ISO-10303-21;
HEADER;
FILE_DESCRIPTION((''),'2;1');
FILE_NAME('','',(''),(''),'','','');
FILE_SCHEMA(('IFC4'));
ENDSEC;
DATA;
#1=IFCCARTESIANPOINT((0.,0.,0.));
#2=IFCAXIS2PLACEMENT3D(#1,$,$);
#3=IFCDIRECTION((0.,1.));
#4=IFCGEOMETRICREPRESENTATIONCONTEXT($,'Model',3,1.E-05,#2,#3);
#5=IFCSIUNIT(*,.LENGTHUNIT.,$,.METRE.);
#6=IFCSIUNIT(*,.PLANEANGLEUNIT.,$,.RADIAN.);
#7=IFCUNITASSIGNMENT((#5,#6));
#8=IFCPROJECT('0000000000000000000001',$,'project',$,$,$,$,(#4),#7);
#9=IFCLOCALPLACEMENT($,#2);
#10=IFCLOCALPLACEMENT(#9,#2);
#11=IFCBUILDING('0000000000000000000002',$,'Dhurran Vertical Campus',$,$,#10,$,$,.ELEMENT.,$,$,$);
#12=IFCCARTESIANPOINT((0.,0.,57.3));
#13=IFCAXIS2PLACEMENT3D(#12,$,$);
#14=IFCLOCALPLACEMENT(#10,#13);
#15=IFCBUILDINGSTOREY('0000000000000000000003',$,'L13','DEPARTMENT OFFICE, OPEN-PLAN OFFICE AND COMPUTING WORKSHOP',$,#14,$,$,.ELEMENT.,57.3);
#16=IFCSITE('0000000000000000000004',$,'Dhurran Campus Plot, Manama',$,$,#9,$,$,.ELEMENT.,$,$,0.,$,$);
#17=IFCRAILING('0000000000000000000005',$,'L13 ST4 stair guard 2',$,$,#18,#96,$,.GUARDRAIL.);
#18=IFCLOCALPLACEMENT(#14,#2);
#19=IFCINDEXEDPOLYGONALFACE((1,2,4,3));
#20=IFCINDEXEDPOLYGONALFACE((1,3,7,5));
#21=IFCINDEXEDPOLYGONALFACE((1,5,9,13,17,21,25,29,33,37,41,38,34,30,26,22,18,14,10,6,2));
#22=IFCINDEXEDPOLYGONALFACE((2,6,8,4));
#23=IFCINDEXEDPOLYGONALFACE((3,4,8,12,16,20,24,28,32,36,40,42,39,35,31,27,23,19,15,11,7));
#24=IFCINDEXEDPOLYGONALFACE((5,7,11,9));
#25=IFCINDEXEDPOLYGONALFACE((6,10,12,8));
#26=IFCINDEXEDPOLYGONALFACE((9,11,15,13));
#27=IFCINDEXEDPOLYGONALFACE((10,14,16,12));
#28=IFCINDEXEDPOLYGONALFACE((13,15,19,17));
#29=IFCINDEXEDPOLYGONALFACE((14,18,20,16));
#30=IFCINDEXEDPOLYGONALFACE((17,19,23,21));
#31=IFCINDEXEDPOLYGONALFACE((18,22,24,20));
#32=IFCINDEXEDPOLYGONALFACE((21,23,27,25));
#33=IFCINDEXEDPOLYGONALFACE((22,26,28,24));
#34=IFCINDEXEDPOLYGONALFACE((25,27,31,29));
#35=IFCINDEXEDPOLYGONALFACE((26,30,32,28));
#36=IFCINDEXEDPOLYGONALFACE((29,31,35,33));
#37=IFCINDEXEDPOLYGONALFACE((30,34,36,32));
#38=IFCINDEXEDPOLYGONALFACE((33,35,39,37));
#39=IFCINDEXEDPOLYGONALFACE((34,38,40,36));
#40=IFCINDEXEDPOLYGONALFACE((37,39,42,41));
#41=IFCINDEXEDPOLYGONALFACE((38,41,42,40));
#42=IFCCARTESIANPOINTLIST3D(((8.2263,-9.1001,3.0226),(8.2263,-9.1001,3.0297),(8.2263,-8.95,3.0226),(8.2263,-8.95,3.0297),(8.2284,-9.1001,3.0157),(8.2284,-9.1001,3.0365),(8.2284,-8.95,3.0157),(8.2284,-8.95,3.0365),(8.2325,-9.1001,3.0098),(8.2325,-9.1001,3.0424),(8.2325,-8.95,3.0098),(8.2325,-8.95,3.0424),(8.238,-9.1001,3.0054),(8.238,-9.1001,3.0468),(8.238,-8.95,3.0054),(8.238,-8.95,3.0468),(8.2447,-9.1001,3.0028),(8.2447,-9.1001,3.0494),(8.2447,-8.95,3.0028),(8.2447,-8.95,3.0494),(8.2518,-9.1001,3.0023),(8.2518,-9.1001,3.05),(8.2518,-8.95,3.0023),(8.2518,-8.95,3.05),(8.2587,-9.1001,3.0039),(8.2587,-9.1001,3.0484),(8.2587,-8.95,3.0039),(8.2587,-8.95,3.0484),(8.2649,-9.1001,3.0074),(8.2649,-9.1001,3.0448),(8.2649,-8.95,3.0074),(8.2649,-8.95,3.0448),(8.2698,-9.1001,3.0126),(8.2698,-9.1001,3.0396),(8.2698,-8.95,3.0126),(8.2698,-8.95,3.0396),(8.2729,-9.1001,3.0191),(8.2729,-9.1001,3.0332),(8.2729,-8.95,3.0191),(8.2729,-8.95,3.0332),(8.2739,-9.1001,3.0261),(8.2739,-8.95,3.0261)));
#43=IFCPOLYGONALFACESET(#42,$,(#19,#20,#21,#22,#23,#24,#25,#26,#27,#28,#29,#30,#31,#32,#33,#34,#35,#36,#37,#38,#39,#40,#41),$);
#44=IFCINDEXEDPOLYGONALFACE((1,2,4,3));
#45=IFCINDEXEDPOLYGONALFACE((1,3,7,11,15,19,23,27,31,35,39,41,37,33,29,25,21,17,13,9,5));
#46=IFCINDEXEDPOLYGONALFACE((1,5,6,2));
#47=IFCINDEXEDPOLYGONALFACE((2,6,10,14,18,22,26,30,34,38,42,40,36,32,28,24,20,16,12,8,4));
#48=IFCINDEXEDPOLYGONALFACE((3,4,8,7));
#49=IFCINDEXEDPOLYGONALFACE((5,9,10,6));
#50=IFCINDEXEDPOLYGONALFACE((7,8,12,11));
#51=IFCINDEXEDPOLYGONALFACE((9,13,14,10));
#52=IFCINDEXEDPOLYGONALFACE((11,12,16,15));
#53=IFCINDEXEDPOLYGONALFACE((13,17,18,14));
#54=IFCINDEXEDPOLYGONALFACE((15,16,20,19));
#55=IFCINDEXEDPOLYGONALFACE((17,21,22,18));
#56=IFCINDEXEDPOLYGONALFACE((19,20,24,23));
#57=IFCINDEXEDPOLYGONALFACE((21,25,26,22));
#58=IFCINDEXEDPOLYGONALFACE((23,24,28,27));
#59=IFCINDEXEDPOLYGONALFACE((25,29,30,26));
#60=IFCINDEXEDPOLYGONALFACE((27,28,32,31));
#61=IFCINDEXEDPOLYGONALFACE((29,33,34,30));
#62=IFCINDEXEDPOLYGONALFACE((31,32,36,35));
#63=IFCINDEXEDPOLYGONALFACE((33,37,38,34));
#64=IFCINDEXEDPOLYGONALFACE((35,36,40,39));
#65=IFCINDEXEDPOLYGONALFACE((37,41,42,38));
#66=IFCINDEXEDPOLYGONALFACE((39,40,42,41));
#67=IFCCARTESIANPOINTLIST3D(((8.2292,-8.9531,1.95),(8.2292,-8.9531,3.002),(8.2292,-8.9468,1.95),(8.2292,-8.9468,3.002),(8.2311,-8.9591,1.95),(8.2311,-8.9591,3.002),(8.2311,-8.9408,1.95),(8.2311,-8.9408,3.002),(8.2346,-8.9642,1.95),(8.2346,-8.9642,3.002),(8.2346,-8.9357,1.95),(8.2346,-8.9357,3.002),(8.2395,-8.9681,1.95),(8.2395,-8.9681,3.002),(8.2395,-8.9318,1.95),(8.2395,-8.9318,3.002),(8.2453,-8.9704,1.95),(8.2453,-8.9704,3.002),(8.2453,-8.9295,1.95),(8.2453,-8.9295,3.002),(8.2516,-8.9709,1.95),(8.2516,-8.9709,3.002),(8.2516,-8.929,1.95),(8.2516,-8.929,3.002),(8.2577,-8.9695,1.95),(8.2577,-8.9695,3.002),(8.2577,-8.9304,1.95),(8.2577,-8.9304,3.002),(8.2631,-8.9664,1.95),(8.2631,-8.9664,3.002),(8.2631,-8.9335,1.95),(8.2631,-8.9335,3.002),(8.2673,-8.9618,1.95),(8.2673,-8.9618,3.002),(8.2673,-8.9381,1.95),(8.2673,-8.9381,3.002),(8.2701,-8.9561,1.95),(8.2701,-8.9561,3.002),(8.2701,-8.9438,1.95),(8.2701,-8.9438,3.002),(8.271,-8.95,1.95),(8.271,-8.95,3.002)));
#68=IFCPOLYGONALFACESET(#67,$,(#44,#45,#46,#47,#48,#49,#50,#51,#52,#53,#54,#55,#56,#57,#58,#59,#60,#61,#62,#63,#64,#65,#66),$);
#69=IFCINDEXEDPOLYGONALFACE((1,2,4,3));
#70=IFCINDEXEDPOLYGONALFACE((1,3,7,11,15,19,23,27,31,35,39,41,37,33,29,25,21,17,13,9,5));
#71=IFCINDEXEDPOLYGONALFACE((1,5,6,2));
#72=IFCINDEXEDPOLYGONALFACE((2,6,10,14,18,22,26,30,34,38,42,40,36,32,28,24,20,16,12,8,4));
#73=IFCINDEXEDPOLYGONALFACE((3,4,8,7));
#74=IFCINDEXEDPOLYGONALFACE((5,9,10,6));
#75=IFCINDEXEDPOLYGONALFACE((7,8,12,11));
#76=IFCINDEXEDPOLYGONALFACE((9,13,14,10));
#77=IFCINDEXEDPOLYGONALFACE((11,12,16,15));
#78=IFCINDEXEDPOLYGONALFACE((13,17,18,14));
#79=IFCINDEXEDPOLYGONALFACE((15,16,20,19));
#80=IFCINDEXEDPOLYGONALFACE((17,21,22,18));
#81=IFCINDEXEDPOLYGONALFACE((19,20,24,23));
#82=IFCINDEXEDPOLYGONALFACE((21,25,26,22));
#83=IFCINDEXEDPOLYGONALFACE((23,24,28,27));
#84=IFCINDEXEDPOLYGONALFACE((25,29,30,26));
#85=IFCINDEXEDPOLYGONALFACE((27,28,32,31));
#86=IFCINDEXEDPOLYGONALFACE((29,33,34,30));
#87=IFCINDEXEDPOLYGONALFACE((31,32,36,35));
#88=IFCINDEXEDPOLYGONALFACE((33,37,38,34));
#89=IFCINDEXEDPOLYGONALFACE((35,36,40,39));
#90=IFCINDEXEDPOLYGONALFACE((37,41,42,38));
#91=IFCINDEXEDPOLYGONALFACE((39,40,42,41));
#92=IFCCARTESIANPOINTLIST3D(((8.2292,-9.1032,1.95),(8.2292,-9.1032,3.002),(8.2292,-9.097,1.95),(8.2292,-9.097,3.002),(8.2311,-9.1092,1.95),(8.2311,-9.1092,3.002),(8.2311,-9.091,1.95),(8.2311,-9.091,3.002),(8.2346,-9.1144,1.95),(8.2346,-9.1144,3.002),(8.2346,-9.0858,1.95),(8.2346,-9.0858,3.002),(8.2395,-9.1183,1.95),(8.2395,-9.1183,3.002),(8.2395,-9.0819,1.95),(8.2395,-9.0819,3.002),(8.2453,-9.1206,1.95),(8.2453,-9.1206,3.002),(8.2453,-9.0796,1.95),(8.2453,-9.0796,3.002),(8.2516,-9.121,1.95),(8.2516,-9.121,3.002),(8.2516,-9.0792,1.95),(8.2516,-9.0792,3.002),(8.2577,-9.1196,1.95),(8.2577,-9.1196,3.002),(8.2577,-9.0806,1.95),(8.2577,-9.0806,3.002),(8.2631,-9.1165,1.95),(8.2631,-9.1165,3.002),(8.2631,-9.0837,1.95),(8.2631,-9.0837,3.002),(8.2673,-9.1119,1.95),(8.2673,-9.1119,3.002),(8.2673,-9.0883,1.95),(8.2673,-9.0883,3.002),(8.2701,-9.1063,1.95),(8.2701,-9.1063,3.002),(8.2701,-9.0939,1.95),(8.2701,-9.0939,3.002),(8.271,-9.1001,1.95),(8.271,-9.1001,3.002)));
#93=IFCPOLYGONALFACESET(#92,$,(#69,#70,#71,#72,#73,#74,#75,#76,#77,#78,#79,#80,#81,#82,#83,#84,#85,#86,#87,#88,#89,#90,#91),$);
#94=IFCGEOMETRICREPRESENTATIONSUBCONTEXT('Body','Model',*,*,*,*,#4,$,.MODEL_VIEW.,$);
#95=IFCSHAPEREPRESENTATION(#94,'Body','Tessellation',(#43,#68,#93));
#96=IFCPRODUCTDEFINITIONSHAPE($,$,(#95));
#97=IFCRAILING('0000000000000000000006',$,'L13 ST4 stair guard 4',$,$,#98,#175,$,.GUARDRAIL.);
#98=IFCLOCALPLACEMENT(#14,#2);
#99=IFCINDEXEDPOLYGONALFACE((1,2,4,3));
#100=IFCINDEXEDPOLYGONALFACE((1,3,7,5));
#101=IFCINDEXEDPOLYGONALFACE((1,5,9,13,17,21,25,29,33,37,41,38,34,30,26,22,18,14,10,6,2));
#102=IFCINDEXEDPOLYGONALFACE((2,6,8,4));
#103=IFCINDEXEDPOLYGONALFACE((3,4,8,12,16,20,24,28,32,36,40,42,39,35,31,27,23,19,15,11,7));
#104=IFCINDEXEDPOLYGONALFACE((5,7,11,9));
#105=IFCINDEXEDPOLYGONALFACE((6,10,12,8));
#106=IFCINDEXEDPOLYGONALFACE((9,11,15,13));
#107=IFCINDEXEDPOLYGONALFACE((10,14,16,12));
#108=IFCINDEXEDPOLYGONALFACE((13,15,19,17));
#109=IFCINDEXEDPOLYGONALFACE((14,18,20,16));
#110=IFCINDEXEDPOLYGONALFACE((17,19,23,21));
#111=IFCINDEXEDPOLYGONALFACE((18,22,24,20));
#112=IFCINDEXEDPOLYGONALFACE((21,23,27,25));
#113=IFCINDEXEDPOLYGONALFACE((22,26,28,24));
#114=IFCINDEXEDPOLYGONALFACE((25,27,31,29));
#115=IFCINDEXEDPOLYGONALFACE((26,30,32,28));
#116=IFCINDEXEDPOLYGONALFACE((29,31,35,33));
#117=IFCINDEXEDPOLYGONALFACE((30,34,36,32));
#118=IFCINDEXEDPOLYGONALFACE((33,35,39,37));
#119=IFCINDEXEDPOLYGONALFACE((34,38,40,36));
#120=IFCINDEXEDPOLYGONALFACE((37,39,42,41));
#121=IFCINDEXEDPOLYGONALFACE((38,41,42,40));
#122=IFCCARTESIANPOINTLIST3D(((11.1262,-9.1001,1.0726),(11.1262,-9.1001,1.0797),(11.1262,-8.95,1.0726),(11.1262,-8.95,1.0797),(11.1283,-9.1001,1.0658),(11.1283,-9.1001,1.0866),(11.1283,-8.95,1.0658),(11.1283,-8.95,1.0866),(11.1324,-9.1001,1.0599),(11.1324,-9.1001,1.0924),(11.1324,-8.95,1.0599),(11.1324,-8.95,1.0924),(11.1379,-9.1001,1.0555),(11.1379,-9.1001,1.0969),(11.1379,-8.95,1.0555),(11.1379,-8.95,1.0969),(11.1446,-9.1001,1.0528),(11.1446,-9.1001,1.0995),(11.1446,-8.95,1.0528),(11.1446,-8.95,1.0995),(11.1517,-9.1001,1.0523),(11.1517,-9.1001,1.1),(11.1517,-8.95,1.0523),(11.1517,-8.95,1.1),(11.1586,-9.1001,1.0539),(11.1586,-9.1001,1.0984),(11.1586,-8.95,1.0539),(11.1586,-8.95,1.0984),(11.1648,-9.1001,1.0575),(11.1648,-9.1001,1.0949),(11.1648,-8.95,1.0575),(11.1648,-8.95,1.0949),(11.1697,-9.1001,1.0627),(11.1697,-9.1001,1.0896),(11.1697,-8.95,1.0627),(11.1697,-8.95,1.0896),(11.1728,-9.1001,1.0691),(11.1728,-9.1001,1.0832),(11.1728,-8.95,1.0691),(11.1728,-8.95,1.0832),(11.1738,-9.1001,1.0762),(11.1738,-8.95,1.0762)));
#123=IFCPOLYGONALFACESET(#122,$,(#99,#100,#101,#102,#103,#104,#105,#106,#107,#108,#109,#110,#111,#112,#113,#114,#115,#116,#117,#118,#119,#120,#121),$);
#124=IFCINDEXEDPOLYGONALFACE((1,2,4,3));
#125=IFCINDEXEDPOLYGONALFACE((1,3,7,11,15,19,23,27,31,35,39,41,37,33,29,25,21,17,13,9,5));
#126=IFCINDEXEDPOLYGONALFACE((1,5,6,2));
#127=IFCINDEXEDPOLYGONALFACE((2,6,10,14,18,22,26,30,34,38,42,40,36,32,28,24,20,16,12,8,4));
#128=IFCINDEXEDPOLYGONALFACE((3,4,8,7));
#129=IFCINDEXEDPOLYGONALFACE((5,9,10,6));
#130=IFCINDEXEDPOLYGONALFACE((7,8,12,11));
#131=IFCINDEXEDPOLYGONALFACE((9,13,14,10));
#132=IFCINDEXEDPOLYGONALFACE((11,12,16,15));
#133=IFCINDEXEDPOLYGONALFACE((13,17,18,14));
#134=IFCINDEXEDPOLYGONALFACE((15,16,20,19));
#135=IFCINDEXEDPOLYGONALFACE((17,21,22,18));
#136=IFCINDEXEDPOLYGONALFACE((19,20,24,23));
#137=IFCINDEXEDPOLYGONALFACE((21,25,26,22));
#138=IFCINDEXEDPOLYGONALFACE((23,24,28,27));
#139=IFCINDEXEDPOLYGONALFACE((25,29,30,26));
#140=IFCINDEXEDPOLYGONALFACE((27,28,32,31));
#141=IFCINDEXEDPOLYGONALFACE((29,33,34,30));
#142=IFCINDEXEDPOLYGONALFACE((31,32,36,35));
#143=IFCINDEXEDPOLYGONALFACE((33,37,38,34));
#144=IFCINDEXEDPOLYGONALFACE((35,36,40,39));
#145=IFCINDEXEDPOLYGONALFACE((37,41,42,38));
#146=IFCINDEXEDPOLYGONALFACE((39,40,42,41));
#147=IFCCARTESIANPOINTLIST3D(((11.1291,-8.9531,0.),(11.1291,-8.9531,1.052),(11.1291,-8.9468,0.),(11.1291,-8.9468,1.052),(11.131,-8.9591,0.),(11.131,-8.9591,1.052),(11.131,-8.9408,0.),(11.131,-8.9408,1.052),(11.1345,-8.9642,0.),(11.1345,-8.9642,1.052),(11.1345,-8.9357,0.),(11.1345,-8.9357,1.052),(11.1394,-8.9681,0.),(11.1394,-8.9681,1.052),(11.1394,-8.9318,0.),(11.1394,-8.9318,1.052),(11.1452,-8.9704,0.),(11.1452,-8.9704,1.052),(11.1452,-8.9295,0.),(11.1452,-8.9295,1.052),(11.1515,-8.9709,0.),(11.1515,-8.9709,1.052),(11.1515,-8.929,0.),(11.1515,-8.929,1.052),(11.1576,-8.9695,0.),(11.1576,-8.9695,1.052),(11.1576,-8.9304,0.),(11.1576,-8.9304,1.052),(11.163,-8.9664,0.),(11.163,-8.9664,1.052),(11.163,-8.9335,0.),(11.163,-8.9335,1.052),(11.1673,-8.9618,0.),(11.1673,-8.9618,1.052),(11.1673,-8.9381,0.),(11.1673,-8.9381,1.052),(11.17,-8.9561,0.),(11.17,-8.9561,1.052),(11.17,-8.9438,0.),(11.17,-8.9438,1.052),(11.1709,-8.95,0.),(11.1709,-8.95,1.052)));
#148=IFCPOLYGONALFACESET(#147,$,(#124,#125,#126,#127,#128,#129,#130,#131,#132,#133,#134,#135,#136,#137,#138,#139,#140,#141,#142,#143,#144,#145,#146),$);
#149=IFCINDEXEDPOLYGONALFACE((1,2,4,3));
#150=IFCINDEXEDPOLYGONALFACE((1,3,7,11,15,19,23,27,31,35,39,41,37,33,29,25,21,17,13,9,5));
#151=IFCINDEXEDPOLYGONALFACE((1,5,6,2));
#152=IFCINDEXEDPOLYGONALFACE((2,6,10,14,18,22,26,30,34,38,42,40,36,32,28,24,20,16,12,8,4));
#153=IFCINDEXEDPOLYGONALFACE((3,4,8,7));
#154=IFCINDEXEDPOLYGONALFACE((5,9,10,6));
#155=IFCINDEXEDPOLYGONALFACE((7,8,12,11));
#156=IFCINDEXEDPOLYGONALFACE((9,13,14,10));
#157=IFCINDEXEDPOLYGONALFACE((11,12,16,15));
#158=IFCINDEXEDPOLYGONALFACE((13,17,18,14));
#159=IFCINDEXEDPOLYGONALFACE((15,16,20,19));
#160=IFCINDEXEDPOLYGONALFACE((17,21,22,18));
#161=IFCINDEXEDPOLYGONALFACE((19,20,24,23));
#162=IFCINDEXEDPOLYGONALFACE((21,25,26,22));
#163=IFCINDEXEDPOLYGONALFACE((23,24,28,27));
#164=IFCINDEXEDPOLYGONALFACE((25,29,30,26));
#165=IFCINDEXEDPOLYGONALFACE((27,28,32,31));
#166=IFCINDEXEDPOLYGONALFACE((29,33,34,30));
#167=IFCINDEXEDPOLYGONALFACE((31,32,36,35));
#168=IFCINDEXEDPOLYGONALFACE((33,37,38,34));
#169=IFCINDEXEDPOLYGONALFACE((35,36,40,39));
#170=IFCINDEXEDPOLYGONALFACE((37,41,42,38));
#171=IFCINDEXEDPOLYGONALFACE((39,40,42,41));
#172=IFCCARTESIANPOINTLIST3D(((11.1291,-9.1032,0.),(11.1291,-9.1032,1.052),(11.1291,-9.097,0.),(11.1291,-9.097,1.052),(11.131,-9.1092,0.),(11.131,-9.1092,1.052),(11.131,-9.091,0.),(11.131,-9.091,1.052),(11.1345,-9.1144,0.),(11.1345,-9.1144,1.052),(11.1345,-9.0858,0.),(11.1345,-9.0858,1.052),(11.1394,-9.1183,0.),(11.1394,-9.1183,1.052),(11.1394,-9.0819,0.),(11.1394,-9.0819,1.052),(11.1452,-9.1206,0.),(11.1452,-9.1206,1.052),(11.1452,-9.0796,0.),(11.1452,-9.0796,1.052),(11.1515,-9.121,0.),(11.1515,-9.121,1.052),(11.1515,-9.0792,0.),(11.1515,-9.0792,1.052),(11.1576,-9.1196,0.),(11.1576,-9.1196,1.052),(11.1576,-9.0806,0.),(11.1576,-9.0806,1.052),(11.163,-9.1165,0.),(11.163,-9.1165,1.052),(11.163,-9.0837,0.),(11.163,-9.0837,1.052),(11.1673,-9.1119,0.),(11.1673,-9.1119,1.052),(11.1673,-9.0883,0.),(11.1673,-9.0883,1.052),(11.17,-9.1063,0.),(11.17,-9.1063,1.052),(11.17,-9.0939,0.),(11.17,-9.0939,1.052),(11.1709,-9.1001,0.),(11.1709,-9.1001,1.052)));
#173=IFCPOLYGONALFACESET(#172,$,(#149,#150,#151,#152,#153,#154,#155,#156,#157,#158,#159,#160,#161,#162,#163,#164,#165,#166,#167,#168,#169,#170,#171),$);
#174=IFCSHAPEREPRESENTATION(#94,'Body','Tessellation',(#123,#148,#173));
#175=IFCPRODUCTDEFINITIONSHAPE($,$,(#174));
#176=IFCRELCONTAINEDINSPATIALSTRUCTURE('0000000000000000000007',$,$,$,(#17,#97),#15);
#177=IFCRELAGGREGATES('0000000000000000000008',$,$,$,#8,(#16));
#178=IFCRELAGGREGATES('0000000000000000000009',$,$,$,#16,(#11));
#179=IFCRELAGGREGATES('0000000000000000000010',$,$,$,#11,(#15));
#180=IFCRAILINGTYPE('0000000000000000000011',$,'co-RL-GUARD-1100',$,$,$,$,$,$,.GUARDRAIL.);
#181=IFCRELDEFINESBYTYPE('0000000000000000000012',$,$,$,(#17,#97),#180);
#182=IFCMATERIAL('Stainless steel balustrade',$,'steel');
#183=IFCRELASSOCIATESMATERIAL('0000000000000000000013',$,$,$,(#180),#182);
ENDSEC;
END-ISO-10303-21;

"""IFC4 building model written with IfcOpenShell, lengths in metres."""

from ifc_helpers import new_model, si_unit, direction, frame, origin, origin_2d, place, context, subcontext, project, spatial, circle, extrude, material, type_object, element, save


model = new_model("IFC4")

# Units and contexts
model_context = context("Model", 3, precision=1e-05, world=origin(), true_north=direction((0.0, 1.0)))
body_context = subcontext(model_context, "Body", "Model", "MODEL_VIEW")
ifc_project = project(units=[si_unit("LENGTHUNIT", "METRE"), si_unit("PLANEANGLEUNIT", "RADIAN")], contexts=[model_context])

# Site, building, storey
site_placement = place(None, origin())
site = spatial("IfcSite", under=ifc_project, at=site_placement, Name="Dhurran Campus Plot, Manama", CompositionType="ELEMENT", RefElevation=0.0)
building_placement = place(site_placement, origin())
building = spatial("IfcBuilding", under=site, at=building_placement, Name="Dhurran Vertical Campus", CompositionType="ELEMENT")
storey_placement = place(building_placement, frame((0.0, 0.0, 57.3)))
storey = spatial("IfcBuildingStorey", under=building, at=storey_placement, Name="L13", Description="DEPARTMENT OFFICE, OPEN-PLAN OFFICE AND COMPUTING WORKSHOP", CompositionType="ELEMENT", Elevation=57.3)

# Railings
ifc_material_1 = material(Name="Stainless steel balustrade", Category="steel")
railing_type_1 = type_object("IfcRailingType", Name="co-RL-GUARD-1100", PredefinedType="GUARDRAIL", material=ifc_material_1)
for number, where, name in (
    (1, (8.25, -8.95, 1.95), "L13 ST4 stair guard 2"),
    (2, (11.1499, -8.95, 0.0), "L13 ST4 stair guard 4"),
):
    element("IfcRailing", number, at=place(storey_placement, frame(where)), inside=storey, type_object=railing_type_1, Name=name, PredefinedType="GUARDRAIL", context=body_context, shape_type="SweptSolid", body=[
        extrude(circle(Radius=0.0239, at=origin_2d()), frame((0.0, 0.0, 1.0762), z_axis=(0.0, -1.0, 0.0), x_axis=(1.0, 0.0, 0.0)), (0.0, 0.0, 1.0), 0.1501),
        extrude(circle(Radius=0.021, at=origin_2d()), origin(), (0.0, 0.0, 1.0), 1.052),
        extrude(circle(Radius=0.021, at=origin_2d()), frame((0.0, -0.1501, 0.0)), (0.0, 0.0, 1.0), 1.052),
    ])

save(model, "model.ifc")
